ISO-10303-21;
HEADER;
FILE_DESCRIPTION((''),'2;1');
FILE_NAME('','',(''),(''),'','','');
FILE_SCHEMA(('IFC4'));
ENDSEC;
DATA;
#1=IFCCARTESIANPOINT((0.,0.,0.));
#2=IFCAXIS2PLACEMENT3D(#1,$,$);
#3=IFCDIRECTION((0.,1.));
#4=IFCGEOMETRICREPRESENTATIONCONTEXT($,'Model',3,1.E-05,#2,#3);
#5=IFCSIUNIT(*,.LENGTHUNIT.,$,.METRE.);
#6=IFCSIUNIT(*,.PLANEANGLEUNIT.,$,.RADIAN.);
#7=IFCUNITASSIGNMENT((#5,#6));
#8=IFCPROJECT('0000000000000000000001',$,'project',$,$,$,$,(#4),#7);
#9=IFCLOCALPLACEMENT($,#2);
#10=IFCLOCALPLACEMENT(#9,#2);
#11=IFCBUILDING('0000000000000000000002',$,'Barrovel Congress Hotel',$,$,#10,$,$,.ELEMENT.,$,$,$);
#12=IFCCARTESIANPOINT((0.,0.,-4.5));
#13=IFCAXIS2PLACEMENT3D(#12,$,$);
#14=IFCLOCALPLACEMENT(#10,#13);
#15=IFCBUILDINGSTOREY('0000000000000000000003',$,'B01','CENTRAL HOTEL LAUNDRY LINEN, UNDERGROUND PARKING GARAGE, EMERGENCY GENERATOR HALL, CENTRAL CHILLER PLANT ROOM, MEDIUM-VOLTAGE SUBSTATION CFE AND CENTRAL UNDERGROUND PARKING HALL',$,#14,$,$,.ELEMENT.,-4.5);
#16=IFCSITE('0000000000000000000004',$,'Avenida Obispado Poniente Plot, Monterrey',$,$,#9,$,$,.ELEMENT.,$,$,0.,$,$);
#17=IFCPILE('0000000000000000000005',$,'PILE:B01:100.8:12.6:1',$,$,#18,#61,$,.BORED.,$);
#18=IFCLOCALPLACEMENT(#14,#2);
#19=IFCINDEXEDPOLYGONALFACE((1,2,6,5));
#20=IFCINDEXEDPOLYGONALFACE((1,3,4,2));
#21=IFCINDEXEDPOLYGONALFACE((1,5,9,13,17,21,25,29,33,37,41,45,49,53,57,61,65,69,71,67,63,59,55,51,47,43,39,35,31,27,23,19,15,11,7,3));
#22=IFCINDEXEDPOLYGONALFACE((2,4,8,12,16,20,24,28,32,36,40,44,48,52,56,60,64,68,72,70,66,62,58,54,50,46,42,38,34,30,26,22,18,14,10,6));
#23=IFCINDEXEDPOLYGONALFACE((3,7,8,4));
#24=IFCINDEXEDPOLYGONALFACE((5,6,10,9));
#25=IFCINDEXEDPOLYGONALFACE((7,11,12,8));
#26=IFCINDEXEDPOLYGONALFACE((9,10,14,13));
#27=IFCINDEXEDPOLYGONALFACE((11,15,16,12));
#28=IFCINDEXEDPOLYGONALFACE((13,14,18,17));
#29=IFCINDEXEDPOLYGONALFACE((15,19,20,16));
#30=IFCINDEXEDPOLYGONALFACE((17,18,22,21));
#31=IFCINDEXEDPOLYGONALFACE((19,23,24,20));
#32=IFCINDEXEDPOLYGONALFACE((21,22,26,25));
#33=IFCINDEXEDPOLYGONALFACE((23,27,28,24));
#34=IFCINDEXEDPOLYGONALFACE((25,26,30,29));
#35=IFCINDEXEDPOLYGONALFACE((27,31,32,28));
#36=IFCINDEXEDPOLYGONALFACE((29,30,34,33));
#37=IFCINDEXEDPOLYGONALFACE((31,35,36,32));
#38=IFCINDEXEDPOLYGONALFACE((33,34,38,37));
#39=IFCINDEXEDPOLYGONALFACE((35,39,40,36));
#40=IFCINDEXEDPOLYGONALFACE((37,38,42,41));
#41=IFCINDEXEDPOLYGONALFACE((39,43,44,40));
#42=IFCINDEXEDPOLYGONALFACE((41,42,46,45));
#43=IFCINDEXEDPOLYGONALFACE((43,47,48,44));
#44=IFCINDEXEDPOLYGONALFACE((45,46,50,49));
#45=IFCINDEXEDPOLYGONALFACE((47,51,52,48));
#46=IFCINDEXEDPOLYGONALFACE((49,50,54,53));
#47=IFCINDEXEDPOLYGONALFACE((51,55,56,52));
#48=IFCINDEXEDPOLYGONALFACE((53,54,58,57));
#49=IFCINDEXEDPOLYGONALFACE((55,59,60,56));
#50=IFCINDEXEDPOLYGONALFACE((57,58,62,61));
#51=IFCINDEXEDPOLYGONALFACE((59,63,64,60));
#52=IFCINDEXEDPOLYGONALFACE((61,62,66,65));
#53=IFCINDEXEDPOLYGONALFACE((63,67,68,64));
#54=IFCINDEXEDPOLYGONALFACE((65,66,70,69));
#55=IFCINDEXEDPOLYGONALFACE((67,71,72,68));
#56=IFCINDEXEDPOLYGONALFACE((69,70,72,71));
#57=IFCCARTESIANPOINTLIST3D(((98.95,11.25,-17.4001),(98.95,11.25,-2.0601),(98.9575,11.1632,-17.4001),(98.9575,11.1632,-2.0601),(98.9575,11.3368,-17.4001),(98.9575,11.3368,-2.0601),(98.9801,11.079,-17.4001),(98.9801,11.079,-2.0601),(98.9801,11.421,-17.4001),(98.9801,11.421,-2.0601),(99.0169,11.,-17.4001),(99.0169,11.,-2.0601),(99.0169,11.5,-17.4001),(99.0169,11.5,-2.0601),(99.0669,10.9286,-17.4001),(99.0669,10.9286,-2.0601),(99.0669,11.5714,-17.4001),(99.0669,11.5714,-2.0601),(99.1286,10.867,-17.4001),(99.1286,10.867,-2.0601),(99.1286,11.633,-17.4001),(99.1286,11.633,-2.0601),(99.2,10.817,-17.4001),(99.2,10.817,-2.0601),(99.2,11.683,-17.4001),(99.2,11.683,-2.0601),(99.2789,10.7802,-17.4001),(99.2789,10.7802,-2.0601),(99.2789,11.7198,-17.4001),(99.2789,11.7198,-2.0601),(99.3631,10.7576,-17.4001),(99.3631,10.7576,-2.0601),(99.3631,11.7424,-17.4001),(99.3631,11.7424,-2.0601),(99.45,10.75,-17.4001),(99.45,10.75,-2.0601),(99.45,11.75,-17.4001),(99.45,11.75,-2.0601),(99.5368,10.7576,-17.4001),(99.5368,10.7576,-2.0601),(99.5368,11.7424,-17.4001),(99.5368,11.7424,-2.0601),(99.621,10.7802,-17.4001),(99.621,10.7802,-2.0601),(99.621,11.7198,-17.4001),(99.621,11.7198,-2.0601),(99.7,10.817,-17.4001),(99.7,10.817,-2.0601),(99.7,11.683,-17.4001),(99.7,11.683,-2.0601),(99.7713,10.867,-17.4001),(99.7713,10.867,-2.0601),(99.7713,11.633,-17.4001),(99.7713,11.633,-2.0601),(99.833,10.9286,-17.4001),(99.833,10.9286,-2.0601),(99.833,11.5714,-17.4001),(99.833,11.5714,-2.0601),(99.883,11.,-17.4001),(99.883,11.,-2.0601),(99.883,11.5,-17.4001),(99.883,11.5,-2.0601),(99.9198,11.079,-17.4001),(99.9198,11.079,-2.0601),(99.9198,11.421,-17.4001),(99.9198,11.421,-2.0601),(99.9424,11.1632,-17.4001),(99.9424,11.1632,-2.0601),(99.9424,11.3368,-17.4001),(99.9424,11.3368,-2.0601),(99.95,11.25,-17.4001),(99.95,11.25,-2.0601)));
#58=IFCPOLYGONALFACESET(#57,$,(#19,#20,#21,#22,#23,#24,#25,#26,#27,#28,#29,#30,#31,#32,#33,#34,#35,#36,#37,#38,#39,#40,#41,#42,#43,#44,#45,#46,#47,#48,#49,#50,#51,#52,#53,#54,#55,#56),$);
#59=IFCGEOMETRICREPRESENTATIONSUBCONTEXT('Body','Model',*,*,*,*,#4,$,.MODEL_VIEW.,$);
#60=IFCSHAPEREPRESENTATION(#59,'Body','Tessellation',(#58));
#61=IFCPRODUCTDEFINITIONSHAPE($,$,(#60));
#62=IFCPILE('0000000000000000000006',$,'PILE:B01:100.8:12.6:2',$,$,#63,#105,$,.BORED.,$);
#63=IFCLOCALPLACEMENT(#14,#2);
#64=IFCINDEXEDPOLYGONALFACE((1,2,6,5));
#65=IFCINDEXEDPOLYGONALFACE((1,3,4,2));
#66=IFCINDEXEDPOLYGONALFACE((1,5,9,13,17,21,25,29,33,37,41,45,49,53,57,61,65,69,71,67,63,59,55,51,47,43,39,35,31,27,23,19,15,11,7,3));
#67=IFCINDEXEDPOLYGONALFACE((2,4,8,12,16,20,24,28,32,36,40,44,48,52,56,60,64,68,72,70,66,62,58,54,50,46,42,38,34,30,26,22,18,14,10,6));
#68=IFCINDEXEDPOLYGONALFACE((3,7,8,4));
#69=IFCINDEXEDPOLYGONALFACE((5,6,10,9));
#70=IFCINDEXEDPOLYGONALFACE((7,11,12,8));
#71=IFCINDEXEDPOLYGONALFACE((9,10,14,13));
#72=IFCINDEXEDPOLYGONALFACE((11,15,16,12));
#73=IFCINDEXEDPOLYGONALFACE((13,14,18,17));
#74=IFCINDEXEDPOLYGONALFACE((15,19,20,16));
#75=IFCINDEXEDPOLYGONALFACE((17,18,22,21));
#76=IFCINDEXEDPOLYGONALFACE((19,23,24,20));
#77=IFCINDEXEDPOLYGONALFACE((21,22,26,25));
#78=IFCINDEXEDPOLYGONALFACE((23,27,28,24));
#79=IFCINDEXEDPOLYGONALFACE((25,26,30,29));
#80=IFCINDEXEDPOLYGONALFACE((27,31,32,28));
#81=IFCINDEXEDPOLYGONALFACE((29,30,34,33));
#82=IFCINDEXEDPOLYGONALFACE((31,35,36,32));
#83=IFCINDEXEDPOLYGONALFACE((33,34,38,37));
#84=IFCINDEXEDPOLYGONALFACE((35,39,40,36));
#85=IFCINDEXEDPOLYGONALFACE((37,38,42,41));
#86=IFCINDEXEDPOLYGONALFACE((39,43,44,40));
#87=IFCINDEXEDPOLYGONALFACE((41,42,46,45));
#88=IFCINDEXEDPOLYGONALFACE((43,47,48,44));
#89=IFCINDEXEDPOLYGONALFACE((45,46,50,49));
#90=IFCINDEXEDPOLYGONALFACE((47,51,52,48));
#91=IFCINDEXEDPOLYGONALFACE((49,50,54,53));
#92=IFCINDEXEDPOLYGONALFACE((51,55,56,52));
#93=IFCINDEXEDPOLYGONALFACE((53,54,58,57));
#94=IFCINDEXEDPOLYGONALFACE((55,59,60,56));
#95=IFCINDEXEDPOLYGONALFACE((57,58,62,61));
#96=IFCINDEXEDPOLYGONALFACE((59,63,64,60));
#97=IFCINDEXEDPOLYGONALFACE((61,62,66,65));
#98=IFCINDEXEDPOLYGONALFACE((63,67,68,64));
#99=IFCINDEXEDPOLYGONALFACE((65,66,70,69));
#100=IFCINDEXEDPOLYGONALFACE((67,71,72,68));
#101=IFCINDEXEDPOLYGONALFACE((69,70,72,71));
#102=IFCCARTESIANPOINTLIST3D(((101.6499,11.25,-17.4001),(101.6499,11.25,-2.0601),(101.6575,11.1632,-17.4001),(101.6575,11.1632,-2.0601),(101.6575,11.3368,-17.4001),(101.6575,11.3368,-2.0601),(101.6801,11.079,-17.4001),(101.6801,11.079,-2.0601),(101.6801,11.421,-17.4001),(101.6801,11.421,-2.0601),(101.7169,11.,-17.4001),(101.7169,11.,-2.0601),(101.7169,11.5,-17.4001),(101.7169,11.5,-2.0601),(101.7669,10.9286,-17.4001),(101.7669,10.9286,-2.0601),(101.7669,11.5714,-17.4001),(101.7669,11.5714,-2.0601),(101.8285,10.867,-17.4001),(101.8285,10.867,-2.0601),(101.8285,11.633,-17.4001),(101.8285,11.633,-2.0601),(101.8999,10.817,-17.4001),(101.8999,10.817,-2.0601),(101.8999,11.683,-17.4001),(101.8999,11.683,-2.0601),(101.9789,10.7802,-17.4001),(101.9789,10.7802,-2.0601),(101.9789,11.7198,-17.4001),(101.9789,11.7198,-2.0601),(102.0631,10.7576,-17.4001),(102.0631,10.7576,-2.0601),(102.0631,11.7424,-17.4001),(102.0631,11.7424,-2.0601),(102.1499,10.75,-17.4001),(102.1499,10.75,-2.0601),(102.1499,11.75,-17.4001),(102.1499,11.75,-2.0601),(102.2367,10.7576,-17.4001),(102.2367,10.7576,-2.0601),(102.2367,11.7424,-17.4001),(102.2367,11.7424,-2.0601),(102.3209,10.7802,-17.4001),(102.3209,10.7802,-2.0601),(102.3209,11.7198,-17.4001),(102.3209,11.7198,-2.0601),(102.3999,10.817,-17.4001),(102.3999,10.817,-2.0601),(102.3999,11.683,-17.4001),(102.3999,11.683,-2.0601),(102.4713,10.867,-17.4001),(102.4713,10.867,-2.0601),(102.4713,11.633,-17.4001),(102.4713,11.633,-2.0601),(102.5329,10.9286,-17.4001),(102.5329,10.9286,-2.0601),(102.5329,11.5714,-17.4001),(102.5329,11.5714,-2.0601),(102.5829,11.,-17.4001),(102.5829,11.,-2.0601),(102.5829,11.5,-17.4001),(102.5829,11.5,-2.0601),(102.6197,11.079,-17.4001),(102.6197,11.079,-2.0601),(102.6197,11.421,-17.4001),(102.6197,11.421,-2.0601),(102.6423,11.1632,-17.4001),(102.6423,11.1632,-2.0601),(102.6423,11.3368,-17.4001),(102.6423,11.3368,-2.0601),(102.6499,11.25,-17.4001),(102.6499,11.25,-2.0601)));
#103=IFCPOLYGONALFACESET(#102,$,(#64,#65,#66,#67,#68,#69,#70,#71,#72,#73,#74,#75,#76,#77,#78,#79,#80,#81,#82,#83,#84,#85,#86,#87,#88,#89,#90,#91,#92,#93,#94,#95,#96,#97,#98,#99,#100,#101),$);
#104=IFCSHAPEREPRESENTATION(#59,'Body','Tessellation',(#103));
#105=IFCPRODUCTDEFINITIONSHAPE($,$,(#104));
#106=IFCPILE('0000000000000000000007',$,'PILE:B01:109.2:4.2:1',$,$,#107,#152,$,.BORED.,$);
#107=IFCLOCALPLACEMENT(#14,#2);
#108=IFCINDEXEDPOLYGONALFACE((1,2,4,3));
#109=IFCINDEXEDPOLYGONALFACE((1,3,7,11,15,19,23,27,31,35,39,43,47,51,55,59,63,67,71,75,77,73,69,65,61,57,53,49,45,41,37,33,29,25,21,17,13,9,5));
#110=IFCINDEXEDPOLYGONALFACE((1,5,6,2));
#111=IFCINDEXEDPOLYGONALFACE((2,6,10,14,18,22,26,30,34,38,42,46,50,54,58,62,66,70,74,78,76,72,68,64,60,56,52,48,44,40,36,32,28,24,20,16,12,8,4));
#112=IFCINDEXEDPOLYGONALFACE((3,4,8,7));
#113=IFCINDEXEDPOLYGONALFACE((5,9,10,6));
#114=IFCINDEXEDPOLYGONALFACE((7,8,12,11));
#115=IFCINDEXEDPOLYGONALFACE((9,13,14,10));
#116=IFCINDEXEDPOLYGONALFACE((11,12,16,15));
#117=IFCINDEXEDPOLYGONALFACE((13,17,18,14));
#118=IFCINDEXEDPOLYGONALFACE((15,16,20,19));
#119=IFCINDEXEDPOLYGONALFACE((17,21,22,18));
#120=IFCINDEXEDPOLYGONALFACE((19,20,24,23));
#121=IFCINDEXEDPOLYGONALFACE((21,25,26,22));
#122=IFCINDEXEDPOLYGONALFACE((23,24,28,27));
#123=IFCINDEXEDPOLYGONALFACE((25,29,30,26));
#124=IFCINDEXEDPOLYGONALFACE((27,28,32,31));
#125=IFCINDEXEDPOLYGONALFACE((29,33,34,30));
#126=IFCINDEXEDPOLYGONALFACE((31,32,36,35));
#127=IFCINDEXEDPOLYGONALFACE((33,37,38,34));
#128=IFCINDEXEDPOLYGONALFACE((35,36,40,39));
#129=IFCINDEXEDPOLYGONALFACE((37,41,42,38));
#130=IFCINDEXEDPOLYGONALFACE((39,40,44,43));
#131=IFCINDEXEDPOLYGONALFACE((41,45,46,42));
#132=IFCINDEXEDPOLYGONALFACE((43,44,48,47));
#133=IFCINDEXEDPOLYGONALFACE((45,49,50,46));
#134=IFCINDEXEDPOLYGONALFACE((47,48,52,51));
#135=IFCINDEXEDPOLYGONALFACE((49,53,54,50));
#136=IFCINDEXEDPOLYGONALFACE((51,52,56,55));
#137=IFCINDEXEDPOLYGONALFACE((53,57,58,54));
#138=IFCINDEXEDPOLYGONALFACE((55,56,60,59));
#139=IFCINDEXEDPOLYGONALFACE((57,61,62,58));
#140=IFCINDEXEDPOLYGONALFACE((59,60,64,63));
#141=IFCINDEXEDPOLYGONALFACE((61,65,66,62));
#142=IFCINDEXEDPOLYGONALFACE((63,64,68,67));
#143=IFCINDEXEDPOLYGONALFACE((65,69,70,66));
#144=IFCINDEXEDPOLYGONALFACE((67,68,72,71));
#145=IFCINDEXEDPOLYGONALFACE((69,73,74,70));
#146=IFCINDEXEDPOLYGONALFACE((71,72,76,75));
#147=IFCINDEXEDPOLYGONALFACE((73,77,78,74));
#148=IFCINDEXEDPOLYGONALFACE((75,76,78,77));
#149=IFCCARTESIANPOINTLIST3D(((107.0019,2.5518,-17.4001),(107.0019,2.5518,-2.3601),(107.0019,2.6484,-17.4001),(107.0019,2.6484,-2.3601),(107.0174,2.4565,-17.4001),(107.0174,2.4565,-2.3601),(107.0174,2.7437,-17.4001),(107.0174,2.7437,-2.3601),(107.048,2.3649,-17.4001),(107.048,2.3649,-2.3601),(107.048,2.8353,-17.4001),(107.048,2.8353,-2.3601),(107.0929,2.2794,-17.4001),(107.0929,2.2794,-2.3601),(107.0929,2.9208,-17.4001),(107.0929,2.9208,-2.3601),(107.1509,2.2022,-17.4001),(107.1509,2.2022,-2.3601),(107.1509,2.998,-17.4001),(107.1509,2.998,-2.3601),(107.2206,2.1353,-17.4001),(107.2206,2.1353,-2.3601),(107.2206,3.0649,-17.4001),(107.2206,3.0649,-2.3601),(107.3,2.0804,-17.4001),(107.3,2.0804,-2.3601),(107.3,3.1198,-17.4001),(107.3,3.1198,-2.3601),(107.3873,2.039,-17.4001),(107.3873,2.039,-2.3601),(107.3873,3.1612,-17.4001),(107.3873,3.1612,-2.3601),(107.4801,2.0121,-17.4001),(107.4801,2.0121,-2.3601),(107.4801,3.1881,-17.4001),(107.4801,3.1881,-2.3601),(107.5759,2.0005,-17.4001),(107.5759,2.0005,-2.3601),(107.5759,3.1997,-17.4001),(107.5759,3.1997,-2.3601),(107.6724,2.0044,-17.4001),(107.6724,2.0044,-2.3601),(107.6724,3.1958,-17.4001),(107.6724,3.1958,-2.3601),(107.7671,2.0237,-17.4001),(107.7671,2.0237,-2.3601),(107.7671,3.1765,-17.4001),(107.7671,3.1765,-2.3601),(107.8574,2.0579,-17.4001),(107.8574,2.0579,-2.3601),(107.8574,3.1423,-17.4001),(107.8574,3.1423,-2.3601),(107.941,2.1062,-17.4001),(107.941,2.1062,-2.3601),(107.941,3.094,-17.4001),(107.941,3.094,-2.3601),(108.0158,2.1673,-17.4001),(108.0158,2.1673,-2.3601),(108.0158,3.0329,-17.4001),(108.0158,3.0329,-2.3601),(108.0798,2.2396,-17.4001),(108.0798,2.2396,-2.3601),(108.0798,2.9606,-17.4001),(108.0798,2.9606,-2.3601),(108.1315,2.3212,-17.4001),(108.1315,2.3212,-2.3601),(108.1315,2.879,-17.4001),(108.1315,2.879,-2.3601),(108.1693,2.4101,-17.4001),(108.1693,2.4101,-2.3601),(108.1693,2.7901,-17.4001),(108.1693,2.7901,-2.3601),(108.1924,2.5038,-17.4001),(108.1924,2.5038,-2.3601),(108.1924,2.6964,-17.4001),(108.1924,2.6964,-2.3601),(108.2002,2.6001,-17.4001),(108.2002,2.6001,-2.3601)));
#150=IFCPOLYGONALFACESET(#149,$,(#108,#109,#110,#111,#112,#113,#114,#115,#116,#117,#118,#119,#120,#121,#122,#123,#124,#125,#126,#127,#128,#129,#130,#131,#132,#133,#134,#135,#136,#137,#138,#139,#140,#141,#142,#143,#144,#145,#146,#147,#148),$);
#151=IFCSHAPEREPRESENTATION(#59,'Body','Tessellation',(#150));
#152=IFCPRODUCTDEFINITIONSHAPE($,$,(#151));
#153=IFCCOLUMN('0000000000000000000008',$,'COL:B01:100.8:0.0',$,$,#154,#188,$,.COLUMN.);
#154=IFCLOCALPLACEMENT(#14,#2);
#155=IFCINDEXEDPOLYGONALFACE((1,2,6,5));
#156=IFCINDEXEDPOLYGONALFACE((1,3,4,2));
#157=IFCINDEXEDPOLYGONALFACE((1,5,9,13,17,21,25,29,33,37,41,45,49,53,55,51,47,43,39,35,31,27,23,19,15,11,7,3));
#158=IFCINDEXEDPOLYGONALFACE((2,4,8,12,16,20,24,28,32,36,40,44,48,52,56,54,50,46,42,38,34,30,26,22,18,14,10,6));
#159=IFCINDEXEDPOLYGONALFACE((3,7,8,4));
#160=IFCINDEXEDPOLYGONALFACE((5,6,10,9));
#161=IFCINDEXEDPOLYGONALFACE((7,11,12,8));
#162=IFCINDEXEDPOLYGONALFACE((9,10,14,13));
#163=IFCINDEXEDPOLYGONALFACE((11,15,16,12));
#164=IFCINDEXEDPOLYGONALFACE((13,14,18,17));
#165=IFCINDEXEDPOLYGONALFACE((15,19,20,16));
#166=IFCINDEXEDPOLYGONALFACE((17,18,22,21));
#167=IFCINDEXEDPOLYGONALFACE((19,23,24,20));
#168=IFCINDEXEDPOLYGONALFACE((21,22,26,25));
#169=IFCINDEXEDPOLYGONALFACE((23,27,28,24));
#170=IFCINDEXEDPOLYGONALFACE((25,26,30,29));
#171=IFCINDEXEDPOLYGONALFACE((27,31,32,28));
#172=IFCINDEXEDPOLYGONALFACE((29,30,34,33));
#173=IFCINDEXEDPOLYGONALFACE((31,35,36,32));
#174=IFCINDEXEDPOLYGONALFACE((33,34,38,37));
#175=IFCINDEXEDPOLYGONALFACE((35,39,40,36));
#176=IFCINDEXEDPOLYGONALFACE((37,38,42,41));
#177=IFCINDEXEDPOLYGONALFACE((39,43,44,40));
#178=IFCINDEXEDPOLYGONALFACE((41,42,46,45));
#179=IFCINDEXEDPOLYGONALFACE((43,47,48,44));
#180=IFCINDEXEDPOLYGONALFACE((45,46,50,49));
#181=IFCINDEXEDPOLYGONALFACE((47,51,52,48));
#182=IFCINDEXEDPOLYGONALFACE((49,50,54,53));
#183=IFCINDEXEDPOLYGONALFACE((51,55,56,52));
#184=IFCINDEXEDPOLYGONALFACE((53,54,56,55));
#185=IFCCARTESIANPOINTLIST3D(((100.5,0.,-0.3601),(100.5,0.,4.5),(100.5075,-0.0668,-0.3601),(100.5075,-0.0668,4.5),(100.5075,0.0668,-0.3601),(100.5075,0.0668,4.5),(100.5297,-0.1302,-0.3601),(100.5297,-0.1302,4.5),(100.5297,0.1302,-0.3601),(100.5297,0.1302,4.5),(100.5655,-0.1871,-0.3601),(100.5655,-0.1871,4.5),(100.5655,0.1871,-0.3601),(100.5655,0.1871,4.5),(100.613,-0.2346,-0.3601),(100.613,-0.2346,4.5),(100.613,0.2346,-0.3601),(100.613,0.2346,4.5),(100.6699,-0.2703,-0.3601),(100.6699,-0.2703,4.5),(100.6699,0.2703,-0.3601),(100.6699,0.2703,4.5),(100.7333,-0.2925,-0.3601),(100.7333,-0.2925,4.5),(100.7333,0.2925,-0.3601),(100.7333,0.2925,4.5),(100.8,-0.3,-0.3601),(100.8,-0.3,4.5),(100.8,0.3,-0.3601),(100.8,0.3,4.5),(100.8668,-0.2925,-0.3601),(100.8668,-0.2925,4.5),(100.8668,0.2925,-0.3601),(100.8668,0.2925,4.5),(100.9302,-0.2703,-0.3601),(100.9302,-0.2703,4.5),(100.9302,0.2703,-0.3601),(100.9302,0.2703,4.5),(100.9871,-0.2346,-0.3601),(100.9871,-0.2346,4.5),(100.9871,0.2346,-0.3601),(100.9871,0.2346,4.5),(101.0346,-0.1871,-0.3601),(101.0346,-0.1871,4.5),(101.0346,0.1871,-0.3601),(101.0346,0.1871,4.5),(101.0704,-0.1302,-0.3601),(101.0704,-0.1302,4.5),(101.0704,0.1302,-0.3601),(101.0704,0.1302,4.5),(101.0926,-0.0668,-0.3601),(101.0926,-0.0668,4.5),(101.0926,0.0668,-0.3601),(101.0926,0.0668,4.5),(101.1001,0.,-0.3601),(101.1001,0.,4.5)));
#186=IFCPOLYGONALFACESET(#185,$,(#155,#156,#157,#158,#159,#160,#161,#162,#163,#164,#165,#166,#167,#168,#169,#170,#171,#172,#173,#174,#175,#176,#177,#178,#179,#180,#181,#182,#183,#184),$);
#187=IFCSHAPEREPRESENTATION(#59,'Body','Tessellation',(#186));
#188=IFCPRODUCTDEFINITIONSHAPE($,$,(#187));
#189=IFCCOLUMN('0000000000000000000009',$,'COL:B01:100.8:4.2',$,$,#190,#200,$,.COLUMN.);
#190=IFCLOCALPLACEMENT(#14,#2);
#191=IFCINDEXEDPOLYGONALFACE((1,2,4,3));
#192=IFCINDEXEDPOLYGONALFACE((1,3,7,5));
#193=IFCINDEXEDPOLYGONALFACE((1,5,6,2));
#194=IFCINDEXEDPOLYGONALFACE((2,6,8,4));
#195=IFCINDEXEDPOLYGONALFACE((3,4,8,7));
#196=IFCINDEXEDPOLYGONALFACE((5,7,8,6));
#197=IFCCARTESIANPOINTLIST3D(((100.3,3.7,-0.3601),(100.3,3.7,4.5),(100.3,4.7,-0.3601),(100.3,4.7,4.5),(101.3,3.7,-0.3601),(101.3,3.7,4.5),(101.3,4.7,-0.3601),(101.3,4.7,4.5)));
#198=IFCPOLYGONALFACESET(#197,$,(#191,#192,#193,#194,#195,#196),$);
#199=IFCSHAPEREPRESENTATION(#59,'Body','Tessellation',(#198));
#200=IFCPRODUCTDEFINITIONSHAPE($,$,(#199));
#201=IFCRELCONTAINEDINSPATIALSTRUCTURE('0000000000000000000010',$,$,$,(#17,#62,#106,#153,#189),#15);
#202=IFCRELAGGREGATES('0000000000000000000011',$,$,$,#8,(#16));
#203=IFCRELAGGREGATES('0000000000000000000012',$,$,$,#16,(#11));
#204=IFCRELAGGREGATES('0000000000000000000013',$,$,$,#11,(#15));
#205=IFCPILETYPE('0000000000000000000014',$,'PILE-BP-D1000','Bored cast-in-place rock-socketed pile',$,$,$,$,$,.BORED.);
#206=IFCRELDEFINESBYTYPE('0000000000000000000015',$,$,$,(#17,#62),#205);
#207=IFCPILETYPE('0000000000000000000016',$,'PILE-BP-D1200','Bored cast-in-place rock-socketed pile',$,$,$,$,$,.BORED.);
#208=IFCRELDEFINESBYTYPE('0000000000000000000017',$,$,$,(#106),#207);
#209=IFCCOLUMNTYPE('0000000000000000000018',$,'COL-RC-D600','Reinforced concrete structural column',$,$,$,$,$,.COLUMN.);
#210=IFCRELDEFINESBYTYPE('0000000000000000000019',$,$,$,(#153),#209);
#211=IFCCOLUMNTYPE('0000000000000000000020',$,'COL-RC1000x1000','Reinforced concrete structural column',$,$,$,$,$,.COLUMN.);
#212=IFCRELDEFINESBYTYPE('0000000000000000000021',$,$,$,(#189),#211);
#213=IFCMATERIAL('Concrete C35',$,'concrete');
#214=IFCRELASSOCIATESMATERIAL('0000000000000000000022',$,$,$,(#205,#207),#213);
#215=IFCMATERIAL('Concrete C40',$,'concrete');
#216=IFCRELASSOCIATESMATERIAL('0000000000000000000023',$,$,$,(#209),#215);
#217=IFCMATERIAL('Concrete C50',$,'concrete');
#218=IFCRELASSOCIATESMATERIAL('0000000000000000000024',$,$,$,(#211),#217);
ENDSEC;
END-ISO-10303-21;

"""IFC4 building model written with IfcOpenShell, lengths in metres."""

from ifc_helpers import new_model, si_unit, direction, frame, origin, origin_2d, place, context, subcontext, project, spatial, rectangle, circle, extrude, material, material_profile, profile_set, type_object, element, save


model = new_model("IFC4")

# Units and contexts
model_context = context("Model", 3, precision=1e-05, world=origin(), true_north=direction((0.0, 1.0)))
body_context = subcontext(model_context, "Body", "Model", "MODEL_VIEW")
ifc_project = project(units=[si_unit("LENGTHUNIT", "METRE"), si_unit("PLANEANGLEUNIT", "RADIAN")], contexts=[model_context])

# Site, building, storey
site_placement = place(None, origin())
site = spatial("IfcSite", under=ifc_project, at=site_placement, Name="Avenida Obispado Poniente Plot, Monterrey", CompositionType="ELEMENT", RefElevation=0.0)
building_placement = place(site_placement, origin())
building = spatial("IfcBuilding", under=site, at=building_placement, Name="Barrovel Congress Hotel", CompositionType="ELEMENT")
storey_placement = place(building_placement, frame((0.0, 0.0, -4.5)))
storey = spatial("IfcBuildingStorey", under=building, at=storey_placement, Name="B01", Description="CENTRAL HOTEL LAUNDRY LINEN, UNDERGROUND PARKING GARAGE, EMERGENCY GENERATOR HALL, CENTRAL CHILLER PLANT ROOM, MEDIUM-VOLTAGE SUBSTATION CFE AND CENTRAL UNDERGROUND PARKING HALL", CompositionType="ELEMENT", Elevation=-4.5)

# Shared definitions
ifc_material_1 = material(Name="Concrete C40", Category="concrete")

# Piles
ifc_material_2 = material(Name="Concrete C35", Category="concrete")
ifc_material_profile_1 = material_profile(ifc_material_2, circle(Radius=0.5, at=origin_2d()), Name="BP-D1000")
ifc_profile_set_1 = profile_set([ifc_material_profile_1], Name="Concrete C35")
pile_type_1 = type_object("IfcPileType", Name="PILE-BP-D1000", Description="Bored cast-in-place rock-socketed pile", PredefinedType="BORED", material=ifc_profile_set_1)
for number, where, z_axis, x_axis, name in (
    (1, (99.45, 11.25, -2.0601), (0.0, 0.0, -1.0), (1.0, 0.0, 0.0), "PILE:B01:100.8:12.6:1"),
    (2, (102.1499, 11.25, -2.0601), (0.0, 0.0, -1.0), (1.0, 0.0, 0.0), "PILE:B01:100.8:12.6:2"),
):
    element("IfcPile", number, at=place(storey_placement, frame(where, z_axis=z_axis, x_axis=x_axis)), inside=storey, type_object=pile_type_1, Name=name, PredefinedType="BORED", context=body_context, shape_type="SweptSolid", body=[
        extrude(circle(Radius=0.5, at=origin_2d()), origin(), (0.0, 0.0, 1.0), 15.3401),
    ])
ifc_material_profile_2 = material_profile(ifc_material_2, circle(Radius=0.6001, at=origin_2d()), Name="BP-D1200")
ifc_profile_set_2 = profile_set([ifc_material_profile_2], Name="Concrete C35")
pile_type_2 = type_object("IfcPileType", Name="PILE-BP-D1200", Description="Bored cast-in-place rock-socketed pile", PredefinedType="BORED", material=ifc_profile_set_2)
pile_1_placement = place(storey_placement, frame((107.6001, 2.6001, -2.3601), z_axis=(0.0, 0.0, -1.0), x_axis=(1.0, 0.0, 0.0)))
element("IfcPile", 3, at=pile_1_placement, inside=storey, type_object=pile_type_2, Name="PILE:B01:109.2:4.2:1", PredefinedType="BORED", context=body_context, shape_type="SweptSolid", body=[
    extrude(circle(Radius=0.6001, at=origin_2d()), origin(), (0.0, 0.0, 1.0), 15.04),
])

# Columns
ifc_material_profile_3 = material_profile(ifc_material_1, circle(Radius=0.3, at=origin_2d()), Name="RC-D600")
ifc_profile_set_3 = profile_set([ifc_material_profile_3], Name="Concrete C40")
column_type_1 = type_object("IfcColumnType", Name="COL-RC-D600", Description="Reinforced concrete structural column", PredefinedType="COLUMN", material=ifc_profile_set_3)
column_1_placement = place(storey_placement, frame((100.8, 0.0, -0.3601), z_axis=(0.0, 0.0, 1.0), x_axis=(1.0, 0.0, 0.0)))
element("IfcColumn", 4, at=column_1_placement, inside=storey, type_object=column_type_1, Name="COL:B01:100.8:0.0", PredefinedType="COLUMN", context=body_context, shape_type="SweptSolid", body=[
    extrude(circle(Radius=0.3, at=origin_2d()), origin(), (0.0, 0.0, 1.0), 4.8601),
])
ifc_material_3 = material(Name="Concrete C50", Category="concrete")
ifc_material_profile_4 = material_profile(ifc_material_3, rectangle(XDim=1.0, YDim=1.0, at=origin_2d()), Name="RC1000x1000")
ifc_profile_set_4 = profile_set([ifc_material_profile_4], Name="Concrete C50")
column_type_2 = type_object("IfcColumnType", Name="COL-RC1000x1000", Description="Reinforced concrete structural column", PredefinedType="COLUMN", material=ifc_profile_set_4)
column_2_placement = place(storey_placement, frame((100.8, 4.2, -0.3601), z_axis=(0.0, 0.0, 1.0), x_axis=(1.0, 0.0, 0.0)))
element("IfcColumn", 5, at=column_2_placement, inside=storey, type_object=column_type_2, Name="COL:B01:100.8:4.2", PredefinedType="COLUMN", context=body_context, shape_type="SweptSolid", body=[
    extrude(rectangle(XDim=1.0, YDim=1.0, at=origin_2d()), origin(), (0.0, 0.0, 1.0), 4.8601),
])

save(model, "model.ifc")
